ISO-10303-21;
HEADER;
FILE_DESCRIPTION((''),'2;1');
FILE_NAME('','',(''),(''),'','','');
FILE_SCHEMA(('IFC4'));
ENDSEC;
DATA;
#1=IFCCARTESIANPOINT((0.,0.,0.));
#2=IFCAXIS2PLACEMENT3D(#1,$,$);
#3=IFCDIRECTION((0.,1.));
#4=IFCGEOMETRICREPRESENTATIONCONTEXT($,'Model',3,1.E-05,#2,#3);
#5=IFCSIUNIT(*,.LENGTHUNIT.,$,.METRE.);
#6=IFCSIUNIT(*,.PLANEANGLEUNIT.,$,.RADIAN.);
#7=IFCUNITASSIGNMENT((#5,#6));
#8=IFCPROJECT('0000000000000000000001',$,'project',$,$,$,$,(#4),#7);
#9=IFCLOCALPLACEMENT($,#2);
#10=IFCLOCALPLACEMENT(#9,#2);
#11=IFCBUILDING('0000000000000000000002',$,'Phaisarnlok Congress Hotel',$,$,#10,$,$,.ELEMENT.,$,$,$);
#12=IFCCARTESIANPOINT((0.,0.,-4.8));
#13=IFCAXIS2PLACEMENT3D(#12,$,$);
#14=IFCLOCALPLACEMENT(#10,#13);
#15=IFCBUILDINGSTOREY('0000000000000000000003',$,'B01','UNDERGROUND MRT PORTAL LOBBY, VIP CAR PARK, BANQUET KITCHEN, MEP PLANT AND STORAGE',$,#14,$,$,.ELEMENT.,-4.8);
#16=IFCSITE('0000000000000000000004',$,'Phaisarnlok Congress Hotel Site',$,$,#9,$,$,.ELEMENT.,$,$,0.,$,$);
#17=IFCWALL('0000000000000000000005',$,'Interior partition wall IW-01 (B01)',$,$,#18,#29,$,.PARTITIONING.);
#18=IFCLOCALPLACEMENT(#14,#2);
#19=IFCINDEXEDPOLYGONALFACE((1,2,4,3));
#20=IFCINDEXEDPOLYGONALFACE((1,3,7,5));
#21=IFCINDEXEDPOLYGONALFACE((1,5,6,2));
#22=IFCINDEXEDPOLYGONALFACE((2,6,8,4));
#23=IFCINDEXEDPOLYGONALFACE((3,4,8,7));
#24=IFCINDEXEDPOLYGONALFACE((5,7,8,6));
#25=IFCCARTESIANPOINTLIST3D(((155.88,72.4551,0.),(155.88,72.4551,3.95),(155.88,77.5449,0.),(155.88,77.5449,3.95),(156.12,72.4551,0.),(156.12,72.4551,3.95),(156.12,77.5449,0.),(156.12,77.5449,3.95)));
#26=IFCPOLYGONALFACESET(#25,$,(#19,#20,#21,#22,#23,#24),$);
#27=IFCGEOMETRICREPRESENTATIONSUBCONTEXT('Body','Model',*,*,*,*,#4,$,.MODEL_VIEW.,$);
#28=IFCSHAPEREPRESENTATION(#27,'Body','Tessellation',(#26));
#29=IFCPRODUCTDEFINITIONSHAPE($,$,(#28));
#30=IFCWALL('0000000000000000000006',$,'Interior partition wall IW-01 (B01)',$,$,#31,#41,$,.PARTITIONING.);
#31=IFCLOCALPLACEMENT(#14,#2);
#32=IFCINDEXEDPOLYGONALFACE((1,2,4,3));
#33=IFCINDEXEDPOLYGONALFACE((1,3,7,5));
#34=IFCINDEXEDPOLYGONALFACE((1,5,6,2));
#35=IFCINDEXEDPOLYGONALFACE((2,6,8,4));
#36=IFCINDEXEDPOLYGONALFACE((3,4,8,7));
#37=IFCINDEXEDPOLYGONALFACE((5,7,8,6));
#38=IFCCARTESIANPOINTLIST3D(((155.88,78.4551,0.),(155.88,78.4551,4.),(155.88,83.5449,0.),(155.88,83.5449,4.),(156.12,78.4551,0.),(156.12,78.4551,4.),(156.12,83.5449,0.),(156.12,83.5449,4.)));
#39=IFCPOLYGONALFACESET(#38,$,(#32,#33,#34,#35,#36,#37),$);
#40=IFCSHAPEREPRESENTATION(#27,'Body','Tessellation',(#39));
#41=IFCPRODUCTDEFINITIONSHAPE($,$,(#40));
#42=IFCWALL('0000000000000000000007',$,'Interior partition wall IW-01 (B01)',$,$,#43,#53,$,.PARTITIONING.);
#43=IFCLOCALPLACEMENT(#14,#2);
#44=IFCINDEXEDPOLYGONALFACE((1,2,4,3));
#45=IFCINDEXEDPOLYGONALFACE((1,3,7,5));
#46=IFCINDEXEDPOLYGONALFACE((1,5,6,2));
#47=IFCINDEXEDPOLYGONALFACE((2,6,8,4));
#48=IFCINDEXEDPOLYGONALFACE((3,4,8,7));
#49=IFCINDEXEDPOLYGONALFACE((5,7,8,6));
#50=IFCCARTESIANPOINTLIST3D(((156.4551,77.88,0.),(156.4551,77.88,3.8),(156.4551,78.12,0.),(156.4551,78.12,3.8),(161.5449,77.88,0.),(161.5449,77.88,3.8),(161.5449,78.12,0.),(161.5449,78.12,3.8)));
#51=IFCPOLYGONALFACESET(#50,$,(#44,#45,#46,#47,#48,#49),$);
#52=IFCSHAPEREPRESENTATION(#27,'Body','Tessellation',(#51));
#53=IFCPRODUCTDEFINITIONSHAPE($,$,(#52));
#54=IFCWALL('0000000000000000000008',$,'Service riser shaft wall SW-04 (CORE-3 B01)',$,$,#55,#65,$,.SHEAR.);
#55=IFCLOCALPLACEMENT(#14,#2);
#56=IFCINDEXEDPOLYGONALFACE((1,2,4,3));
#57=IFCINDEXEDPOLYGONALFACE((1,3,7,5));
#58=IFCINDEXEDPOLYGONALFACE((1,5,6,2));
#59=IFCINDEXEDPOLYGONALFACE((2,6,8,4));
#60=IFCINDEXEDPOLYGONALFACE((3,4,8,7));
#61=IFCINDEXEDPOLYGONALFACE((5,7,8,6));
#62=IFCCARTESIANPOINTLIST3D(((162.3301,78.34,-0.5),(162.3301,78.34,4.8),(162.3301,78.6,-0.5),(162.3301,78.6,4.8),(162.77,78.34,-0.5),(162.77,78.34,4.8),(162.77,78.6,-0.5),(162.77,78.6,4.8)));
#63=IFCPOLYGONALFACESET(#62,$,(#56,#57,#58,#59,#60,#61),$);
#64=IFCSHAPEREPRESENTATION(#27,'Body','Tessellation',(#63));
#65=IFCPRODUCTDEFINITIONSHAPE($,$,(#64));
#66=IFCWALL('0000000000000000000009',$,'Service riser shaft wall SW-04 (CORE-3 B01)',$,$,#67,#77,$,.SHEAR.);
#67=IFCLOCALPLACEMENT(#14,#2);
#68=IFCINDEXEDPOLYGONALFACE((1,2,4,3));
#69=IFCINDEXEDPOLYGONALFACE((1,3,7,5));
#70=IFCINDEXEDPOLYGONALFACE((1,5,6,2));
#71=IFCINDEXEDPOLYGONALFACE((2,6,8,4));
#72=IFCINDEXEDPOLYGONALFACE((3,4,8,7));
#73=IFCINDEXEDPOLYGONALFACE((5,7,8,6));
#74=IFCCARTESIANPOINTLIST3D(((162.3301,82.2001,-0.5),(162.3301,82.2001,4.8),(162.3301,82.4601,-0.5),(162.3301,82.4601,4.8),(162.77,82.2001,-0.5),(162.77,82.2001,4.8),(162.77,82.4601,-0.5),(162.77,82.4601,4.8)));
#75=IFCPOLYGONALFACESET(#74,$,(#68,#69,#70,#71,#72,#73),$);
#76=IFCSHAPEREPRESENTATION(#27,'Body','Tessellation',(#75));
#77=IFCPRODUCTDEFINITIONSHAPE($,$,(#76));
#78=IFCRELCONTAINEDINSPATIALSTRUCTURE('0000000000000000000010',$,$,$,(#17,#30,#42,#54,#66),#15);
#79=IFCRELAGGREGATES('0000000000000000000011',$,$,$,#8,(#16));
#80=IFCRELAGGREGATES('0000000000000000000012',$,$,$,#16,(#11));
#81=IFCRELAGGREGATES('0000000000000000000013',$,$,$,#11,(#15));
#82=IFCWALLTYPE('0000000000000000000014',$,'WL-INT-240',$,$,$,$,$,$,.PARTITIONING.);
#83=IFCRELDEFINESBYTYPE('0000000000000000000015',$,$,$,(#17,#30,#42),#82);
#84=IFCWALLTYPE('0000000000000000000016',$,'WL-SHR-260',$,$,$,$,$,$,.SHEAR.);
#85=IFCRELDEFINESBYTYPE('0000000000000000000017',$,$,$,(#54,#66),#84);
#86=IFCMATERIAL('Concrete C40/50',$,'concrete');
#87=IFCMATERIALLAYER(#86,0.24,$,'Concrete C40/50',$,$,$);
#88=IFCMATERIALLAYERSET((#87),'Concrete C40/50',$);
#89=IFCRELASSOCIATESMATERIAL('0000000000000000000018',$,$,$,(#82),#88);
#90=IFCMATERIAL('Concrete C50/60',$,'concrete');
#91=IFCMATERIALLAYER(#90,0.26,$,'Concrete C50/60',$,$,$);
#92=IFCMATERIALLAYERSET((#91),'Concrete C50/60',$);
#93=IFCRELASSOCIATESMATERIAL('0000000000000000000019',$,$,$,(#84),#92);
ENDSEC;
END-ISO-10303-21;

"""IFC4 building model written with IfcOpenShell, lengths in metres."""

from ifc_helpers import new_model, si_unit, direction, frame, frame_2d, origin, place, context, subcontext, project, spatial, rectangle, extrude, material, layer, layer_set, type_object, element, save


model = new_model("IFC4")

# Units and contexts
model_context = context("Model", 3, precision=1e-05, world=origin(), true_north=direction((0.0, 1.0)))
body_context = subcontext(model_context, "Body", "Model", "MODEL_VIEW")
ifc_project = project(units=[si_unit("LENGTHUNIT", "METRE"), si_unit("PLANEANGLEUNIT", "RADIAN")], contexts=[model_context])

# Site, building, storey
site_placement = place(None, origin())
site = spatial("IfcSite", under=ifc_project, at=site_placement, Name="Phaisarnlok Congress Hotel Site", CompositionType="ELEMENT", RefElevation=0.0)
building_placement = place(site_placement, origin())
building = spatial("IfcBuilding", under=site, at=building_placement, Name="Phaisarnlok Congress Hotel", CompositionType="ELEMENT")
storey_placement = place(building_placement, frame((0.0, 0.0, -4.8)))
storey = spatial("IfcBuildingStorey", under=building, at=storey_placement, Name="B01", Description="UNDERGROUND MRT PORTAL LOBBY, VIP CAR PARK, BANQUET KITCHEN, MEP PLANT AND STORAGE", CompositionType="ELEMENT", Elevation=-4.8)

# Shared definitions
ifc_material_1 = material(Name="Concrete C40/50", Category="concrete")

# Shared definitions
ifc_material_2 = material(Name="Concrete C50/60", Category="concrete")

# Walls
ifc_layer_1 = layer(ifc_material_1, 0.24, Name="Concrete C40/50")
ifc_layer_set_1 = layer_set([ifc_layer_1], Name="Concrete C40/50")
wall_type_1 = type_object("IfcWallType", Name="WL-INT-240", PredefinedType="PARTITIONING", material=ifc_layer_set_1)
wall_1_placement = place(storey_placement, frame((156.0, 72.4551, 0.0), z_axis=(0.0, 0.0, 1.0), x_axis=(0.0, 1.0, 0.0)))
element("IfcWall", 1, at=wall_1_placement, inside=storey, type_object=wall_type_1, Name="Interior partition wall IW-01 (B01)", PredefinedType="PARTITIONING", context=body_context, shape_type="SweptSolid", body=[
    extrude(rectangle(XDim=5.0898, YDim=0.24, at=frame_2d((2.5449, 0.0))), origin(), (0.0, 0.0, 1.0), 3.95),
])
wall_2_placement = place(storey_placement, frame((156.0, 78.4551, 0.0), z_axis=(0.0, 0.0, 1.0), x_axis=(0.0, 1.0, 0.0)))
element("IfcWall", 2, at=wall_2_placement, inside=storey, type_object=wall_type_1, Name="Interior partition wall IW-01 (B01)", PredefinedType="PARTITIONING", context=body_context, shape_type="SweptSolid", body=[
    extrude(rectangle(XDim=5.0898, YDim=0.24, at=frame_2d((2.5449, 0.0))), origin(), (0.0, 0.0, 1.0), 4.0),
])
wall_3_placement = place(storey_placement, frame((156.4551, 78.0, 0.0), z_axis=(0.0, 0.0, 1.0), x_axis=(1.0, 0.0, 0.0)))
element("IfcWall", 3, at=wall_3_placement, inside=storey, type_object=wall_type_1, Name="Interior partition wall IW-01 (B01)", PredefinedType="PARTITIONING", context=body_context, shape_type="SweptSolid", body=[
    extrude(rectangle(XDim=5.0898, YDim=0.24, at=frame_2d((2.5449, 0.0))), origin(), (0.0, 0.0, 1.0), 3.8),
])
ifc_layer_2 = layer(ifc_material_2, 0.26, Name="Concrete C50/60")
ifc_layer_set_2 = layer_set([ifc_layer_2], Name="Concrete C50/60")
wall_type_2 = type_object("IfcWallType", Name="WL-SHR-260", PredefinedType="SHEAR", material=ifc_layer_set_2)
for number, where, z_axis, x_axis, name in (
    (4, (162.3301, 78.47, -0.5), (0.0, 0.0, 1.0), (1.0, 0.0, 0.0), "Service riser shaft wall SW-04 (CORE-3 B01)"),
    (5, (162.3301, 82.3301, -0.5), (0.0, 0.0, 1.0), (1.0, 0.0, 0.0), "Service riser shaft wall SW-04 (CORE-3 B01)"),
):
    element("IfcWall", number, at=place(storey_placement, frame(where, z_axis=z_axis, x_axis=x_axis)), inside=storey, type_object=wall_type_2, Name=name, PredefinedType="SHEAR", context=body_context, shape_type="SweptSolid", body=[
        extrude(rectangle(XDim=0.4399, YDim=0.26, at=frame_2d((0.22, 0.0))), origin(), (0.0, 0.0, 1.0), 5.3),
    ])

save(model, "model.ifc")
